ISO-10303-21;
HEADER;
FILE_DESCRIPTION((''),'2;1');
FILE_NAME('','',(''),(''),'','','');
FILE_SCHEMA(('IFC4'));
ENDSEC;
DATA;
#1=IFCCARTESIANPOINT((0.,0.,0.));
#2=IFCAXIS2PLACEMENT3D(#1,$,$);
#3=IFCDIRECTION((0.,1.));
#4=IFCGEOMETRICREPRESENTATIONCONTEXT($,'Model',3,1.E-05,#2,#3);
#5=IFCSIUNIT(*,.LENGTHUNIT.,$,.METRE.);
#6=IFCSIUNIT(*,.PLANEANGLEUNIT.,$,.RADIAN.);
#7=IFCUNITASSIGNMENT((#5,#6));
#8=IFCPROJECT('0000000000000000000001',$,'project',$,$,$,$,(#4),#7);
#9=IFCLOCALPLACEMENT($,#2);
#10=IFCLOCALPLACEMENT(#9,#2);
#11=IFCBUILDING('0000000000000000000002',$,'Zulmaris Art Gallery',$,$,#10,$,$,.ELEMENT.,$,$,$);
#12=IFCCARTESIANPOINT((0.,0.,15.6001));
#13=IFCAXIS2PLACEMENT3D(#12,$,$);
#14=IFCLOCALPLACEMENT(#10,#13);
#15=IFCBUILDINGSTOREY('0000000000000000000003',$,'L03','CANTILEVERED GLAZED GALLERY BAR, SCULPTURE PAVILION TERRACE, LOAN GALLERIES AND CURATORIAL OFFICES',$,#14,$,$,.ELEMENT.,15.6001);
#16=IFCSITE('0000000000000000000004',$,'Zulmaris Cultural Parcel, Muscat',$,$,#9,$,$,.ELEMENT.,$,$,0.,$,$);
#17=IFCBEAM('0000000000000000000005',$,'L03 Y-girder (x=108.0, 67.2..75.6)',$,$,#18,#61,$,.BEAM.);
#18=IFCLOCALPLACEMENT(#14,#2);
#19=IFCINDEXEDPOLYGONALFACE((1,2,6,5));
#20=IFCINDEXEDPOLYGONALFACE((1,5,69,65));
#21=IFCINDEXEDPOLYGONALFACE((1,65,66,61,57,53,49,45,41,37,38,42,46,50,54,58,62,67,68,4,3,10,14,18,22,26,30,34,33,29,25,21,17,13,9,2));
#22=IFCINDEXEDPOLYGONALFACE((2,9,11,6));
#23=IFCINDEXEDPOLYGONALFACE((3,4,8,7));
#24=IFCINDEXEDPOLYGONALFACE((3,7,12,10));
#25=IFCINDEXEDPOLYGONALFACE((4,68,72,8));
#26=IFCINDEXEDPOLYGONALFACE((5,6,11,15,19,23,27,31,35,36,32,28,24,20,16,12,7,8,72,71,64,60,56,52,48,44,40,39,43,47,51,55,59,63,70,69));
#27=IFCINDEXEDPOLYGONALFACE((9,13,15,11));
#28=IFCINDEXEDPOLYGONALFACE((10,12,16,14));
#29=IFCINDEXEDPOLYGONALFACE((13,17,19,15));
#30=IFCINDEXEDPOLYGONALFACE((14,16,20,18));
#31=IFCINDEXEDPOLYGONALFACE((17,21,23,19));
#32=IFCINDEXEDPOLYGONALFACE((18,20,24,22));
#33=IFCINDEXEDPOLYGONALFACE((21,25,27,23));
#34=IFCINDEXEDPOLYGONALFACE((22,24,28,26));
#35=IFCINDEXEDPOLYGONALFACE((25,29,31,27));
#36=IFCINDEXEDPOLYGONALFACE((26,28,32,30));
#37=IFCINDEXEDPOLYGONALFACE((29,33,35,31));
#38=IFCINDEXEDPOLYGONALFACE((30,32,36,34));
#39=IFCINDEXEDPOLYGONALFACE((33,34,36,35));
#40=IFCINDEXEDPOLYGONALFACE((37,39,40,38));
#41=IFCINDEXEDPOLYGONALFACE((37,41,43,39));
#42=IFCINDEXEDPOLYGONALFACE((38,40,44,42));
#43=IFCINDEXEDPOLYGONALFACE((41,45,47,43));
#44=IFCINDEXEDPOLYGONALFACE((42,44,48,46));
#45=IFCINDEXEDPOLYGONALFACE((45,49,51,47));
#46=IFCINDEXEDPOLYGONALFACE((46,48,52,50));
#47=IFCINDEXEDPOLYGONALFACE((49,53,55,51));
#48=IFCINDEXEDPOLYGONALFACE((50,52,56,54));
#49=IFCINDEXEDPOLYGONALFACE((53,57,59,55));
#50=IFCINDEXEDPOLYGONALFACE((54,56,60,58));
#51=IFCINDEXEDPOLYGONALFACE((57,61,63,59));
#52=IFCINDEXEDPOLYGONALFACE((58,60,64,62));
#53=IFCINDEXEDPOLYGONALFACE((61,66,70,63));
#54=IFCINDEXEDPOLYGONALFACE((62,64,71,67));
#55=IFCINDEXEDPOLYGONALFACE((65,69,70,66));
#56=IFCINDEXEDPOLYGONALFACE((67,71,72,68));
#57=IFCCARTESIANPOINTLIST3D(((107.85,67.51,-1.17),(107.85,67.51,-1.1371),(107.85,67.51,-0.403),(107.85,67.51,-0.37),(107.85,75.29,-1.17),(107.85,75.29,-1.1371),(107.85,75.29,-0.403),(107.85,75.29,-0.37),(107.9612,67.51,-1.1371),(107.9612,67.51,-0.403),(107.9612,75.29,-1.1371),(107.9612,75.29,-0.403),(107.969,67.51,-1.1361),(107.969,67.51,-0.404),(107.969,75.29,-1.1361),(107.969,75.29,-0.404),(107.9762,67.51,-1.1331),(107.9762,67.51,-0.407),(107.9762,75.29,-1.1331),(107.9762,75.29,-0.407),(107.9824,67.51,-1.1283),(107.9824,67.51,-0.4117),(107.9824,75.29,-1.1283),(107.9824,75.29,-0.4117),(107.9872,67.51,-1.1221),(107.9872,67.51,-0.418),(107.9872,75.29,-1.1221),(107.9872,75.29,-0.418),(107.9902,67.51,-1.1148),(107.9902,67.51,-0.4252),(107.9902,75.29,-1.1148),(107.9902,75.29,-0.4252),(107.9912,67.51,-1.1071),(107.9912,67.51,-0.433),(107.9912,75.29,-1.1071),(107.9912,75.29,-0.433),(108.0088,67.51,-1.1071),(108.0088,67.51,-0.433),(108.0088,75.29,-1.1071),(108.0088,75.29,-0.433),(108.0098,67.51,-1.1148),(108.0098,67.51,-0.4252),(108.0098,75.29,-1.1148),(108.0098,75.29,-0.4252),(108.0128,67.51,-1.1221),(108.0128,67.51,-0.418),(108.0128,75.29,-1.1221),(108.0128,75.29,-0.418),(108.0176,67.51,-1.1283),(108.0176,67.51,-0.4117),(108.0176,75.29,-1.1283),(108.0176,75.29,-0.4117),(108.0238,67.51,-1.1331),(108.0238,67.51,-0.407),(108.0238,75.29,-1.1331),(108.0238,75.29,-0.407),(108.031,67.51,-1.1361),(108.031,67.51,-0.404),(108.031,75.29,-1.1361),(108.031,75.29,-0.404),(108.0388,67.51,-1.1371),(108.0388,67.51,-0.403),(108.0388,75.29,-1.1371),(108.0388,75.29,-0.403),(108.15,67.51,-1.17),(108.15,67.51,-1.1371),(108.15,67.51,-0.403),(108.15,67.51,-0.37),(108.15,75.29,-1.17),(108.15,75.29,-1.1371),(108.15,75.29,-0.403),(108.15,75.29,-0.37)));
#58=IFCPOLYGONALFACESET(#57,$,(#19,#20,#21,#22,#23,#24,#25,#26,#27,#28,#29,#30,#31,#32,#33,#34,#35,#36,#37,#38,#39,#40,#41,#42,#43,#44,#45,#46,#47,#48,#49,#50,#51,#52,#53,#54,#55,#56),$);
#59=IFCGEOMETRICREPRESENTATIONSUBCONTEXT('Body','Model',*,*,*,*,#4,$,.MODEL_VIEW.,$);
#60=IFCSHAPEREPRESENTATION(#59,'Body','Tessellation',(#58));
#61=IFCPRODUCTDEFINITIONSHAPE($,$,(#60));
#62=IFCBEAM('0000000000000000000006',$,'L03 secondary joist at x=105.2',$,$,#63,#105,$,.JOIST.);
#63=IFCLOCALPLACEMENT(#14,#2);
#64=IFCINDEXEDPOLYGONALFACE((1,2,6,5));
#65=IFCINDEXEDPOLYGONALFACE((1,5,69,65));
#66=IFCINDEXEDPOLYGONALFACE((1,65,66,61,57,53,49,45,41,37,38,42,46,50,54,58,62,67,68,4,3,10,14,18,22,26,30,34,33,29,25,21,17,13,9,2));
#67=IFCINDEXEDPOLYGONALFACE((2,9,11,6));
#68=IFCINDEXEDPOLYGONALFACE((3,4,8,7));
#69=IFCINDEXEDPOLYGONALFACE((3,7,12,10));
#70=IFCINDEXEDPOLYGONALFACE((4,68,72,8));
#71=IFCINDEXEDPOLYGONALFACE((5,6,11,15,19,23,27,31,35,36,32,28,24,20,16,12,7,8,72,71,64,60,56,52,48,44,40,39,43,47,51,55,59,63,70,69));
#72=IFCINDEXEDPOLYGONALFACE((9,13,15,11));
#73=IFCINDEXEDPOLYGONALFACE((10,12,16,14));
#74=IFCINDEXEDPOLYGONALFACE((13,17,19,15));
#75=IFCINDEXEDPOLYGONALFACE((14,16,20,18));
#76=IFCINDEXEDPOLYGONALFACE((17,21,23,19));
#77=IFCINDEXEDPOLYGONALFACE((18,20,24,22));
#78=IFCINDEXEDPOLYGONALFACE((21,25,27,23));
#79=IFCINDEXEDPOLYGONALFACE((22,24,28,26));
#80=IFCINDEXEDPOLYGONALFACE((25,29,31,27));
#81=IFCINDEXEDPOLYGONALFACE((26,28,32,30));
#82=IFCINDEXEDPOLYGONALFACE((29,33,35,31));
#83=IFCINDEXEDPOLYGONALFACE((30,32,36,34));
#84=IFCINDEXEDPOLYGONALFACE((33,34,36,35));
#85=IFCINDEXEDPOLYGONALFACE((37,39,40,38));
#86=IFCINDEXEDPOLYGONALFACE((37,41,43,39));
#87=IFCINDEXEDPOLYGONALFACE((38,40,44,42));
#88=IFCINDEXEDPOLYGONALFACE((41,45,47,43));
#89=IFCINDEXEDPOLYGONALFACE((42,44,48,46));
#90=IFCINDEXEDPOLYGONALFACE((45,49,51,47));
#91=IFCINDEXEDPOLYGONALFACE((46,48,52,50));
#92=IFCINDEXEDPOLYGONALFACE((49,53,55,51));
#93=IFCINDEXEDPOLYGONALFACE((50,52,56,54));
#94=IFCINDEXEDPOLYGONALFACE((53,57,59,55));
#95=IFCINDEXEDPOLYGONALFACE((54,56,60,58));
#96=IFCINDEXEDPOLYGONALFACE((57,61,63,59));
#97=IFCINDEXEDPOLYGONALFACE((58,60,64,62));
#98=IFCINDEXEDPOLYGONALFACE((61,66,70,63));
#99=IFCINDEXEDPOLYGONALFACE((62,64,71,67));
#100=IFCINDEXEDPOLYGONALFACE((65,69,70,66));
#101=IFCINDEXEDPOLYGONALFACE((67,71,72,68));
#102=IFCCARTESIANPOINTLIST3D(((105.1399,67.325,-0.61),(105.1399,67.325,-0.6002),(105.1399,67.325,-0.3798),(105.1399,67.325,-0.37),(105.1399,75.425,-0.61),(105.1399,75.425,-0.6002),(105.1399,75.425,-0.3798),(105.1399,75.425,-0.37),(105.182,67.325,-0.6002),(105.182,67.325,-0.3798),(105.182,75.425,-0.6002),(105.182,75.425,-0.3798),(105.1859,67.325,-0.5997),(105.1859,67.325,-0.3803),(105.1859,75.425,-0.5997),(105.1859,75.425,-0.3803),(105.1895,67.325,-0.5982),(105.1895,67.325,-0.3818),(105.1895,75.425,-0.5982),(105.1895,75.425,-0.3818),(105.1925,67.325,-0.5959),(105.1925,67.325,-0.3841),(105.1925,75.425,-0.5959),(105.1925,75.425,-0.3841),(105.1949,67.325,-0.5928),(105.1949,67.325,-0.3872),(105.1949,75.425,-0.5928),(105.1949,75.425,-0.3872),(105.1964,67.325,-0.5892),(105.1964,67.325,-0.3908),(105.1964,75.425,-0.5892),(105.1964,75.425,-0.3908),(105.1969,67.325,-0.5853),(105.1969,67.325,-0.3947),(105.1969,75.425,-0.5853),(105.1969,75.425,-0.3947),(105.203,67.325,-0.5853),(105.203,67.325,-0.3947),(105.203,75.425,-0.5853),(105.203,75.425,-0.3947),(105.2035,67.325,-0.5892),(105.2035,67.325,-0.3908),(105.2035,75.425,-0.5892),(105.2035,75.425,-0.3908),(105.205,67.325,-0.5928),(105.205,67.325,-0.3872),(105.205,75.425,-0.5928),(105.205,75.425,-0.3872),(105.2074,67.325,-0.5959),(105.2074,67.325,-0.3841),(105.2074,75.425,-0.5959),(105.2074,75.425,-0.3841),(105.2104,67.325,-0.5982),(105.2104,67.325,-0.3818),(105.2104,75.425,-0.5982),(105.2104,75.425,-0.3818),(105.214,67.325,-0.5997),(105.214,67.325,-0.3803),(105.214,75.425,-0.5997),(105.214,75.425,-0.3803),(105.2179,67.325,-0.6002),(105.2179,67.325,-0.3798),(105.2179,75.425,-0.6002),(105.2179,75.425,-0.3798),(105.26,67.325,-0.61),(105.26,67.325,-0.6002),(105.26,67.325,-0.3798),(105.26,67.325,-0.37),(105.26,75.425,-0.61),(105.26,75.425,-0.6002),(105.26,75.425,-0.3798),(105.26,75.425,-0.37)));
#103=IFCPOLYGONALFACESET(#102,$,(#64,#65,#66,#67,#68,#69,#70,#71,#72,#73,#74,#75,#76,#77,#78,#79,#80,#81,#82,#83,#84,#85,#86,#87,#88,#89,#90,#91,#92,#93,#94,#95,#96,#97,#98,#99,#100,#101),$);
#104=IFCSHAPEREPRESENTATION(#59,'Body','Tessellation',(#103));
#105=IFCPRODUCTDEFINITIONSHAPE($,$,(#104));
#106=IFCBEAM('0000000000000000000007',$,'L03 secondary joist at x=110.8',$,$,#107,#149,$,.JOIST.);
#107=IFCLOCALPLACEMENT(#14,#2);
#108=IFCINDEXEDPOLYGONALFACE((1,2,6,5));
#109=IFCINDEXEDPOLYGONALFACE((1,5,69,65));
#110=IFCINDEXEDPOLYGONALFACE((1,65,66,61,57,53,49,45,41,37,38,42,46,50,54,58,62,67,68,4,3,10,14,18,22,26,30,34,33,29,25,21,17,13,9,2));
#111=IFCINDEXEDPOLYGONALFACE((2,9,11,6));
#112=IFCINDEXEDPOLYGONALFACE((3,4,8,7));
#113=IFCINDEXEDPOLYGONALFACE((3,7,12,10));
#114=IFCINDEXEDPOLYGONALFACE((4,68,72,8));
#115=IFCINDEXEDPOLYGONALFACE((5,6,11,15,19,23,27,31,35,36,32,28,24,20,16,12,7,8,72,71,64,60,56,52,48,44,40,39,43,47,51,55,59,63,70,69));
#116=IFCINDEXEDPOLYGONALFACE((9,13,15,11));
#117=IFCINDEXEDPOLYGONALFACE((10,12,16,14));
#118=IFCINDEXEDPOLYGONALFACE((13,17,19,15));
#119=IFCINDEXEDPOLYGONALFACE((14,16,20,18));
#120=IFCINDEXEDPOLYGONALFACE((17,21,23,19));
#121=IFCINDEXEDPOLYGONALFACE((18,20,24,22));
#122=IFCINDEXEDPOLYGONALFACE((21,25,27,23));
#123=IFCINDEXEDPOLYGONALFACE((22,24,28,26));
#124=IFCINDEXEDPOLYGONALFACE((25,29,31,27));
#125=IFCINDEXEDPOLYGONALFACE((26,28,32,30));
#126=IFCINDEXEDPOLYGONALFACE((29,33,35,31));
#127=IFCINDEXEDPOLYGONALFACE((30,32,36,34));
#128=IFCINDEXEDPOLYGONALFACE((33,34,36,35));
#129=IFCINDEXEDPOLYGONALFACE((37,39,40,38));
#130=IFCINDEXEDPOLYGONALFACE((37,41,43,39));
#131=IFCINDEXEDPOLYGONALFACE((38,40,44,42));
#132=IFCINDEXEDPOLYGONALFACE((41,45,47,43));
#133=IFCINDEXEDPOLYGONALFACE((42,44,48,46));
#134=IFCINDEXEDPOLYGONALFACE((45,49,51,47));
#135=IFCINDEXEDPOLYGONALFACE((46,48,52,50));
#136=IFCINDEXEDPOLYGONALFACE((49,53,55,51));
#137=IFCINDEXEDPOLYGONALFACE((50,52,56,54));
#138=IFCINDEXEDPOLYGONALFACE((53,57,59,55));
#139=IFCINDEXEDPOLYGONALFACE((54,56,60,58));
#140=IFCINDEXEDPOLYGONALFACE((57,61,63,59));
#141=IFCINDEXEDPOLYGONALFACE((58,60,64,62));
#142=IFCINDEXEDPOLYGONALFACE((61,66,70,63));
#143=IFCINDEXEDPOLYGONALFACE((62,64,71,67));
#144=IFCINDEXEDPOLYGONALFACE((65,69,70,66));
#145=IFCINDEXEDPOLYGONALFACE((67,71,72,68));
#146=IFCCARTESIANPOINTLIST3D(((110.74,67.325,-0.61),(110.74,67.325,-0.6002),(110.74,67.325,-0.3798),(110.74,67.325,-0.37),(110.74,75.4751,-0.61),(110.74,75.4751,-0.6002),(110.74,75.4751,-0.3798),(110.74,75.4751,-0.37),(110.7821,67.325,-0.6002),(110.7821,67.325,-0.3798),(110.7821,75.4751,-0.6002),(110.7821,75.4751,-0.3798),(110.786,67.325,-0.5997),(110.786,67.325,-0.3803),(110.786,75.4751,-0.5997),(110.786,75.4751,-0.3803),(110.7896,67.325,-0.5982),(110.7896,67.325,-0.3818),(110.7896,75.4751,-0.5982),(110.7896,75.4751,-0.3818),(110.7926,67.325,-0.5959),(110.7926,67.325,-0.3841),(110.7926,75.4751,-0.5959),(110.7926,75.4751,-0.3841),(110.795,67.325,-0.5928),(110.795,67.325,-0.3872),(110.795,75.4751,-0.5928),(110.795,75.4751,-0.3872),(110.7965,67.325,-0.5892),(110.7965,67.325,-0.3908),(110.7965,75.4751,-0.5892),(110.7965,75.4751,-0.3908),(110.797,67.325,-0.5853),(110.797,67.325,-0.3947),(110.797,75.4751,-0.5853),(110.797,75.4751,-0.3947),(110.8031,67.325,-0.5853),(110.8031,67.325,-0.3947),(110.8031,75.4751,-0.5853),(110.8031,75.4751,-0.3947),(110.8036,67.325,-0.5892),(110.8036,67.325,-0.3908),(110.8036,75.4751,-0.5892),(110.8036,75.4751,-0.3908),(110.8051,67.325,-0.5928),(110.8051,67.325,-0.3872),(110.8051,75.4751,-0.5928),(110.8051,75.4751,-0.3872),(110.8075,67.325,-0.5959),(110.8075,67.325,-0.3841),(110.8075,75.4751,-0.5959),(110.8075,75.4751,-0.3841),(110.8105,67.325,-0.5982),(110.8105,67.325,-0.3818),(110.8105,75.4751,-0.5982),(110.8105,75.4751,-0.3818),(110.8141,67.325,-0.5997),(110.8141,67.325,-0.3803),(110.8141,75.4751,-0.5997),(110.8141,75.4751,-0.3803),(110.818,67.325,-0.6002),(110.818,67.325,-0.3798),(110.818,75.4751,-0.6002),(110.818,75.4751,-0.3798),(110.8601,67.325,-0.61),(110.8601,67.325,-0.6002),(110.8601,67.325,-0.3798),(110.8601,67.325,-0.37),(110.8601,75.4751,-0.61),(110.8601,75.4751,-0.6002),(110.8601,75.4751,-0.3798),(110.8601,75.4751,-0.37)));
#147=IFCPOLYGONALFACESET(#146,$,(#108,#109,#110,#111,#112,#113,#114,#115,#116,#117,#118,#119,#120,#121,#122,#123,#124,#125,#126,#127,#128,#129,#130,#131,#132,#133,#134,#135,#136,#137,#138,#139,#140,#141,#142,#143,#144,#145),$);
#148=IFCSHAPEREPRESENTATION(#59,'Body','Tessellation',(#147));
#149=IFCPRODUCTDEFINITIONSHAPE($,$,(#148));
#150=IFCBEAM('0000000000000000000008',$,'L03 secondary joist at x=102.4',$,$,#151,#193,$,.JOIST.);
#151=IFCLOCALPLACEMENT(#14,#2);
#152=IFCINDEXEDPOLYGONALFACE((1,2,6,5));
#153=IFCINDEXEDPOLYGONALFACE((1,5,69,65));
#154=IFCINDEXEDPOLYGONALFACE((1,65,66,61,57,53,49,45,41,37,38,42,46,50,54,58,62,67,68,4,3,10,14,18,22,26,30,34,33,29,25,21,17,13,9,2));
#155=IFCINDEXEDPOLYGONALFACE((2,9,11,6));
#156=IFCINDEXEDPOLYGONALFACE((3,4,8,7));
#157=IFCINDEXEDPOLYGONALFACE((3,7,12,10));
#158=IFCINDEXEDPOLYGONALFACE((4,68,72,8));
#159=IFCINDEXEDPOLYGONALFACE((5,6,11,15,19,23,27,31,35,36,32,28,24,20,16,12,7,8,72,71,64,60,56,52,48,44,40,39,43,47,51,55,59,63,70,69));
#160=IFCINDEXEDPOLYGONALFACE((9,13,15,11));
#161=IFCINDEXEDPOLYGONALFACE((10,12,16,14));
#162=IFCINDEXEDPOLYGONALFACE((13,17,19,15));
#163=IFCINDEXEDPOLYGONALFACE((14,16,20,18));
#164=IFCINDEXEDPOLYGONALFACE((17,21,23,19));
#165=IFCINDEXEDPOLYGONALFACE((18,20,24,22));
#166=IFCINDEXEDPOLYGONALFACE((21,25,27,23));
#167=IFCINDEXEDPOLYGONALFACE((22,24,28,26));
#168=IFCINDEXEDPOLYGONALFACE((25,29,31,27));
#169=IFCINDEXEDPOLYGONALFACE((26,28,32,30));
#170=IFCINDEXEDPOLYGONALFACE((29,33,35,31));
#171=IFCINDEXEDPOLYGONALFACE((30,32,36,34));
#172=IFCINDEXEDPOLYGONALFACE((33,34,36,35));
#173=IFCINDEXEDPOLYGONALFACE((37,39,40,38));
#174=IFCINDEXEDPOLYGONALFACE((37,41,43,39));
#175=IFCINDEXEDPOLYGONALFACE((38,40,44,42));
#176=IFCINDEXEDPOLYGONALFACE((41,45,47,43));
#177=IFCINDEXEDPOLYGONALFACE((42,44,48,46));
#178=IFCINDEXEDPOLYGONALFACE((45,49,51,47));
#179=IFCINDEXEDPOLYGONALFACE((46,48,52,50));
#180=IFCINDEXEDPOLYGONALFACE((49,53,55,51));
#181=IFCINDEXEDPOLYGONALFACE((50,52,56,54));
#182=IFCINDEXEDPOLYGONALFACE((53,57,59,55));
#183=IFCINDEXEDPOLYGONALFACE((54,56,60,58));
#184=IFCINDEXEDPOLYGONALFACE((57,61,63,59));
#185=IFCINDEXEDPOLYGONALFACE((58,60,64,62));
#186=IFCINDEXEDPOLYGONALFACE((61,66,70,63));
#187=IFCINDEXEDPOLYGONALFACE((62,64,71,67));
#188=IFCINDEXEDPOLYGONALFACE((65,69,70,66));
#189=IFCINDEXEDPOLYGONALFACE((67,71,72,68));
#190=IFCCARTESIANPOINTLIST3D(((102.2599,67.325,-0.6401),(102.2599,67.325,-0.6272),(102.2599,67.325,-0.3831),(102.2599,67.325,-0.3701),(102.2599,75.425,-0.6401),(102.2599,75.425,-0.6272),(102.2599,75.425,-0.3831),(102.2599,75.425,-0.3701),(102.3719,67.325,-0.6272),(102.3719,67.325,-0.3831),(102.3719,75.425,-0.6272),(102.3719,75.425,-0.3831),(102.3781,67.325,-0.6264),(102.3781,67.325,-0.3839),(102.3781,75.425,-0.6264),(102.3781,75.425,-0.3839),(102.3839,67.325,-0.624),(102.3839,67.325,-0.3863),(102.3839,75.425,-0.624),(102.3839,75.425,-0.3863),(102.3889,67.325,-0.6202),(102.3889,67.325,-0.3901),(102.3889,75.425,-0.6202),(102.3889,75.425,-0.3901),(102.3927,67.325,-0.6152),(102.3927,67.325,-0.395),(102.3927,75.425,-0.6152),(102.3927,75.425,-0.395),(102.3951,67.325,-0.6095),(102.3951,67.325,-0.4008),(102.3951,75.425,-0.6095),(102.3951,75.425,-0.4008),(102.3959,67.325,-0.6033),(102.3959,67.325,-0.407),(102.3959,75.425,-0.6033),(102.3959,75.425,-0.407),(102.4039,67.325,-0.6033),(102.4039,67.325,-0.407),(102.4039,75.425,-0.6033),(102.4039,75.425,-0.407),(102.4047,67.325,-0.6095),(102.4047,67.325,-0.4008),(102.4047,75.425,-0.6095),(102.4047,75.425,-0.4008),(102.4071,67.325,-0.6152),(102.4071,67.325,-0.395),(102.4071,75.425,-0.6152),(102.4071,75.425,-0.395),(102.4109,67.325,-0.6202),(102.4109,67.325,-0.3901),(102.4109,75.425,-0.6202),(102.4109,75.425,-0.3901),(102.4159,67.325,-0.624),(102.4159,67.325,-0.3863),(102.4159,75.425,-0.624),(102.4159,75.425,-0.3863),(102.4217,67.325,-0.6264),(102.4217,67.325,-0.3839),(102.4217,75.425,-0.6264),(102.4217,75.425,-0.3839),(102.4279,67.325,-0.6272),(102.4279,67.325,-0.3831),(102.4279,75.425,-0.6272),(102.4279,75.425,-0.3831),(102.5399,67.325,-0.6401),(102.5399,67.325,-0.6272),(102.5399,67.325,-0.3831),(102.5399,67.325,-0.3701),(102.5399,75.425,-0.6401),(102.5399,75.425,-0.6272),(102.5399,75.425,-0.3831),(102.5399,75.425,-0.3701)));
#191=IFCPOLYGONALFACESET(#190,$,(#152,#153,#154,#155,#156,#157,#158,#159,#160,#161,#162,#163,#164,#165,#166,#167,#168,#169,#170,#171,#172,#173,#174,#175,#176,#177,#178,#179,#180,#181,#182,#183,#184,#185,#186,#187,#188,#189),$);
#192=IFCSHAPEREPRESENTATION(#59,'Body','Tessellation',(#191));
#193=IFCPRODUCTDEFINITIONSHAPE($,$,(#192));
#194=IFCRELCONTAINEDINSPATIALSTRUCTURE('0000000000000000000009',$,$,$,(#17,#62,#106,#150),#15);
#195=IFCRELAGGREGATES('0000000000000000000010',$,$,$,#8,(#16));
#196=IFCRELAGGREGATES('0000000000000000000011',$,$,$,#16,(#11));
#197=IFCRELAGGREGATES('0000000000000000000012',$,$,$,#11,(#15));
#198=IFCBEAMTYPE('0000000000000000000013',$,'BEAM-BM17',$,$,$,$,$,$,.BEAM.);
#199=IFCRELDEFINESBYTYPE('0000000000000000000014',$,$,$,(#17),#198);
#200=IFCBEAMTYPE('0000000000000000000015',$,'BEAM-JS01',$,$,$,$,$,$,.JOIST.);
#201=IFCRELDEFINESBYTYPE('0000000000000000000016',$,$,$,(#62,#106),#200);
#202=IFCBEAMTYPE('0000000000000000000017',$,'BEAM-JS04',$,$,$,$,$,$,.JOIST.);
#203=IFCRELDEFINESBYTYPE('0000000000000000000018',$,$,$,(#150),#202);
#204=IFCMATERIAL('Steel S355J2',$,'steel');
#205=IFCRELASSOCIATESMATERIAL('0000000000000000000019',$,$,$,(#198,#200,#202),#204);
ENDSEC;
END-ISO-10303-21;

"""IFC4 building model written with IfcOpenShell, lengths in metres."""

from ifc_helpers import new_model, si_unit, direction, frame, origin, origin_2d, place, context, subcontext, project, spatial, i_section, extrude, material, material_profile, profile_set, type_object, element, save


model = new_model("IFC4")

# Units and contexts
model_context = context("Model", 3, precision=1e-05, world=origin(), true_north=direction((0.0, 1.0)))
body_context = subcontext(model_context, "Body", "Model", "MODEL_VIEW")
ifc_project = project(units=[si_unit("LENGTHUNIT", "METRE"), si_unit("PLANEANGLEUNIT", "RADIAN")], contexts=[model_context])

# Site, building, storey
site_placement = place(None, origin())
site = spatial("IfcSite", under=ifc_project, at=site_placement, Name="Zulmaris Cultural Parcel, Muscat", CompositionType="ELEMENT", RefElevation=0.0)
building_placement = place(site_placement, origin())
building = spatial("IfcBuilding", under=site, at=building_placement, Name="Zulmaris Art Gallery", CompositionType="ELEMENT")
storey_placement = place(building_placement, frame((0.0, 0.0, 15.6001)))
storey = spatial("IfcBuildingStorey", under=building, at=storey_placement, Name="L03", Description="CANTILEVERED GLAZED GALLERY BAR, SCULPTURE PAVILION TERRACE, LOAN GALLERIES AND CURATORIAL OFFICES", CompositionType="ELEMENT", Elevation=15.6001)

# Beams
ifc_material_1 = material(Name="Steel S355J2", Category="steel")
ifc_material_profile_1 = material_profile(ifc_material_1, i_section(OverallWidth=0.3, OverallDepth=0.8, WebThickness=0.0176, FlangeThickness=0.033, FilletRadius=0.03, at=origin_2d()), Name="HEB 800")
ifc_profile_set_1 = profile_set([ifc_material_profile_1], Name="Steel S355J2")
beam_type_1 = type_object("IfcBeamType", Name="BEAM-BM17", PredefinedType="BEAM", material=ifc_profile_set_1)
beam_1_placement = place(storey_placement, frame((108.0, 67.51, -0.77), z_axis=(0.0, 1.0, 0.0), x_axis=(-1.0, 0.0, 0.0)))
element("IfcBeam", 1, at=beam_1_placement, inside=storey, type_object=beam_type_1, Name="L03 Y-girder (x=108.0, 67.2..75.6)", PredefinedType="BEAM", context=body_context, shape_type="SweptSolid", body=[
    extrude(i_section(OverallWidth=0.3, OverallDepth=0.8, WebThickness=0.0176, FlangeThickness=0.033, FilletRadius=0.03, at=origin_2d()), origin(), (0.0, 0.0, 1.0), 7.78),
])
ifc_material_profile_2 = material_profile(ifc_material_1, i_section(OverallWidth=0.1201, OverallDepth=0.24, WebThickness=0.0061, FlangeThickness=0.0098, FilletRadius=0.0149, at=origin_2d()), Name="IPE 240")
ifc_profile_set_2 = profile_set([ifc_material_profile_2], Name="Steel S355J2")
beam_type_2 = type_object("IfcBeamType", Name="BEAM-JS01", PredefinedType="JOIST", material=ifc_profile_set_2)
beam_2_placement = place(storey_placement, frame((105.2, 67.325, -0.49), z_axis=(0.0, 1.0, 0.0), x_axis=(-1.0, 0.0, 0.0)))
element("IfcBeam", 2, at=beam_2_placement, inside=storey, type_object=beam_type_2, Name="L03 secondary joist at x=105.2", PredefinedType="JOIST", context=body_context, shape_type="SweptSolid", body=[
    extrude(i_section(OverallWidth=0.1201, OverallDepth=0.24, WebThickness=0.0061, FlangeThickness=0.0098, FilletRadius=0.0149, at=origin_2d()), origin(), (0.0, 0.0, 1.0), 8.1001),
])
beam_3_placement = place(storey_placement, frame((110.8, 67.325, -0.49), z_axis=(0.0, 1.0, 0.0), x_axis=(-1.0, 0.0, 0.0)))
element("IfcBeam", 3, at=beam_3_placement, inside=storey, type_object=beam_type_2, Name="L03 secondary joist at x=110.8", PredefinedType="JOIST", context=body_context, shape_type="SweptSolid", body=[
    extrude(i_section(OverallWidth=0.1201, OverallDepth=0.24, WebThickness=0.0061, FlangeThickness=0.0098, FilletRadius=0.0149, at=origin_2d()), origin(), (0.0, 0.0, 1.0), 8.1501),
])
ifc_material_profile_3 = material_profile(ifc_material_1, i_section(OverallWidth=0.28, OverallDepth=0.27, WebThickness=0.0081, FlangeThickness=0.0129, FilletRadius=0.0239, at=origin_2d()), Name="HEA 280")
ifc_profile_set_3 = profile_set([ifc_material_profile_3], Name="Steel S355J2")
beam_type_3 = type_object("IfcBeamType", Name="BEAM-JS04", PredefinedType="JOIST", material=ifc_profile_set_3)
beam_4_placement = place(storey_placement, frame((102.3999, 67.325, -0.5051), z_axis=(0.0, 1.0, 0.0), x_axis=(-1.0, 0.0, 0.0)))
element("IfcBeam", 4, at=beam_4_placement, inside=storey, type_object=beam_type_3, Name="L03 secondary joist at x=102.4", PredefinedType="JOIST", context=body_context, shape_type="SweptSolid", body=[
    extrude(i_section(OverallWidth=0.28, OverallDepth=0.27, WebThickness=0.0081, FlangeThickness=0.0129, FilletRadius=0.0239, at=origin_2d()), origin(), (0.0, 0.0, 1.0), 8.1001),
])

save(model, "model.ifc")
